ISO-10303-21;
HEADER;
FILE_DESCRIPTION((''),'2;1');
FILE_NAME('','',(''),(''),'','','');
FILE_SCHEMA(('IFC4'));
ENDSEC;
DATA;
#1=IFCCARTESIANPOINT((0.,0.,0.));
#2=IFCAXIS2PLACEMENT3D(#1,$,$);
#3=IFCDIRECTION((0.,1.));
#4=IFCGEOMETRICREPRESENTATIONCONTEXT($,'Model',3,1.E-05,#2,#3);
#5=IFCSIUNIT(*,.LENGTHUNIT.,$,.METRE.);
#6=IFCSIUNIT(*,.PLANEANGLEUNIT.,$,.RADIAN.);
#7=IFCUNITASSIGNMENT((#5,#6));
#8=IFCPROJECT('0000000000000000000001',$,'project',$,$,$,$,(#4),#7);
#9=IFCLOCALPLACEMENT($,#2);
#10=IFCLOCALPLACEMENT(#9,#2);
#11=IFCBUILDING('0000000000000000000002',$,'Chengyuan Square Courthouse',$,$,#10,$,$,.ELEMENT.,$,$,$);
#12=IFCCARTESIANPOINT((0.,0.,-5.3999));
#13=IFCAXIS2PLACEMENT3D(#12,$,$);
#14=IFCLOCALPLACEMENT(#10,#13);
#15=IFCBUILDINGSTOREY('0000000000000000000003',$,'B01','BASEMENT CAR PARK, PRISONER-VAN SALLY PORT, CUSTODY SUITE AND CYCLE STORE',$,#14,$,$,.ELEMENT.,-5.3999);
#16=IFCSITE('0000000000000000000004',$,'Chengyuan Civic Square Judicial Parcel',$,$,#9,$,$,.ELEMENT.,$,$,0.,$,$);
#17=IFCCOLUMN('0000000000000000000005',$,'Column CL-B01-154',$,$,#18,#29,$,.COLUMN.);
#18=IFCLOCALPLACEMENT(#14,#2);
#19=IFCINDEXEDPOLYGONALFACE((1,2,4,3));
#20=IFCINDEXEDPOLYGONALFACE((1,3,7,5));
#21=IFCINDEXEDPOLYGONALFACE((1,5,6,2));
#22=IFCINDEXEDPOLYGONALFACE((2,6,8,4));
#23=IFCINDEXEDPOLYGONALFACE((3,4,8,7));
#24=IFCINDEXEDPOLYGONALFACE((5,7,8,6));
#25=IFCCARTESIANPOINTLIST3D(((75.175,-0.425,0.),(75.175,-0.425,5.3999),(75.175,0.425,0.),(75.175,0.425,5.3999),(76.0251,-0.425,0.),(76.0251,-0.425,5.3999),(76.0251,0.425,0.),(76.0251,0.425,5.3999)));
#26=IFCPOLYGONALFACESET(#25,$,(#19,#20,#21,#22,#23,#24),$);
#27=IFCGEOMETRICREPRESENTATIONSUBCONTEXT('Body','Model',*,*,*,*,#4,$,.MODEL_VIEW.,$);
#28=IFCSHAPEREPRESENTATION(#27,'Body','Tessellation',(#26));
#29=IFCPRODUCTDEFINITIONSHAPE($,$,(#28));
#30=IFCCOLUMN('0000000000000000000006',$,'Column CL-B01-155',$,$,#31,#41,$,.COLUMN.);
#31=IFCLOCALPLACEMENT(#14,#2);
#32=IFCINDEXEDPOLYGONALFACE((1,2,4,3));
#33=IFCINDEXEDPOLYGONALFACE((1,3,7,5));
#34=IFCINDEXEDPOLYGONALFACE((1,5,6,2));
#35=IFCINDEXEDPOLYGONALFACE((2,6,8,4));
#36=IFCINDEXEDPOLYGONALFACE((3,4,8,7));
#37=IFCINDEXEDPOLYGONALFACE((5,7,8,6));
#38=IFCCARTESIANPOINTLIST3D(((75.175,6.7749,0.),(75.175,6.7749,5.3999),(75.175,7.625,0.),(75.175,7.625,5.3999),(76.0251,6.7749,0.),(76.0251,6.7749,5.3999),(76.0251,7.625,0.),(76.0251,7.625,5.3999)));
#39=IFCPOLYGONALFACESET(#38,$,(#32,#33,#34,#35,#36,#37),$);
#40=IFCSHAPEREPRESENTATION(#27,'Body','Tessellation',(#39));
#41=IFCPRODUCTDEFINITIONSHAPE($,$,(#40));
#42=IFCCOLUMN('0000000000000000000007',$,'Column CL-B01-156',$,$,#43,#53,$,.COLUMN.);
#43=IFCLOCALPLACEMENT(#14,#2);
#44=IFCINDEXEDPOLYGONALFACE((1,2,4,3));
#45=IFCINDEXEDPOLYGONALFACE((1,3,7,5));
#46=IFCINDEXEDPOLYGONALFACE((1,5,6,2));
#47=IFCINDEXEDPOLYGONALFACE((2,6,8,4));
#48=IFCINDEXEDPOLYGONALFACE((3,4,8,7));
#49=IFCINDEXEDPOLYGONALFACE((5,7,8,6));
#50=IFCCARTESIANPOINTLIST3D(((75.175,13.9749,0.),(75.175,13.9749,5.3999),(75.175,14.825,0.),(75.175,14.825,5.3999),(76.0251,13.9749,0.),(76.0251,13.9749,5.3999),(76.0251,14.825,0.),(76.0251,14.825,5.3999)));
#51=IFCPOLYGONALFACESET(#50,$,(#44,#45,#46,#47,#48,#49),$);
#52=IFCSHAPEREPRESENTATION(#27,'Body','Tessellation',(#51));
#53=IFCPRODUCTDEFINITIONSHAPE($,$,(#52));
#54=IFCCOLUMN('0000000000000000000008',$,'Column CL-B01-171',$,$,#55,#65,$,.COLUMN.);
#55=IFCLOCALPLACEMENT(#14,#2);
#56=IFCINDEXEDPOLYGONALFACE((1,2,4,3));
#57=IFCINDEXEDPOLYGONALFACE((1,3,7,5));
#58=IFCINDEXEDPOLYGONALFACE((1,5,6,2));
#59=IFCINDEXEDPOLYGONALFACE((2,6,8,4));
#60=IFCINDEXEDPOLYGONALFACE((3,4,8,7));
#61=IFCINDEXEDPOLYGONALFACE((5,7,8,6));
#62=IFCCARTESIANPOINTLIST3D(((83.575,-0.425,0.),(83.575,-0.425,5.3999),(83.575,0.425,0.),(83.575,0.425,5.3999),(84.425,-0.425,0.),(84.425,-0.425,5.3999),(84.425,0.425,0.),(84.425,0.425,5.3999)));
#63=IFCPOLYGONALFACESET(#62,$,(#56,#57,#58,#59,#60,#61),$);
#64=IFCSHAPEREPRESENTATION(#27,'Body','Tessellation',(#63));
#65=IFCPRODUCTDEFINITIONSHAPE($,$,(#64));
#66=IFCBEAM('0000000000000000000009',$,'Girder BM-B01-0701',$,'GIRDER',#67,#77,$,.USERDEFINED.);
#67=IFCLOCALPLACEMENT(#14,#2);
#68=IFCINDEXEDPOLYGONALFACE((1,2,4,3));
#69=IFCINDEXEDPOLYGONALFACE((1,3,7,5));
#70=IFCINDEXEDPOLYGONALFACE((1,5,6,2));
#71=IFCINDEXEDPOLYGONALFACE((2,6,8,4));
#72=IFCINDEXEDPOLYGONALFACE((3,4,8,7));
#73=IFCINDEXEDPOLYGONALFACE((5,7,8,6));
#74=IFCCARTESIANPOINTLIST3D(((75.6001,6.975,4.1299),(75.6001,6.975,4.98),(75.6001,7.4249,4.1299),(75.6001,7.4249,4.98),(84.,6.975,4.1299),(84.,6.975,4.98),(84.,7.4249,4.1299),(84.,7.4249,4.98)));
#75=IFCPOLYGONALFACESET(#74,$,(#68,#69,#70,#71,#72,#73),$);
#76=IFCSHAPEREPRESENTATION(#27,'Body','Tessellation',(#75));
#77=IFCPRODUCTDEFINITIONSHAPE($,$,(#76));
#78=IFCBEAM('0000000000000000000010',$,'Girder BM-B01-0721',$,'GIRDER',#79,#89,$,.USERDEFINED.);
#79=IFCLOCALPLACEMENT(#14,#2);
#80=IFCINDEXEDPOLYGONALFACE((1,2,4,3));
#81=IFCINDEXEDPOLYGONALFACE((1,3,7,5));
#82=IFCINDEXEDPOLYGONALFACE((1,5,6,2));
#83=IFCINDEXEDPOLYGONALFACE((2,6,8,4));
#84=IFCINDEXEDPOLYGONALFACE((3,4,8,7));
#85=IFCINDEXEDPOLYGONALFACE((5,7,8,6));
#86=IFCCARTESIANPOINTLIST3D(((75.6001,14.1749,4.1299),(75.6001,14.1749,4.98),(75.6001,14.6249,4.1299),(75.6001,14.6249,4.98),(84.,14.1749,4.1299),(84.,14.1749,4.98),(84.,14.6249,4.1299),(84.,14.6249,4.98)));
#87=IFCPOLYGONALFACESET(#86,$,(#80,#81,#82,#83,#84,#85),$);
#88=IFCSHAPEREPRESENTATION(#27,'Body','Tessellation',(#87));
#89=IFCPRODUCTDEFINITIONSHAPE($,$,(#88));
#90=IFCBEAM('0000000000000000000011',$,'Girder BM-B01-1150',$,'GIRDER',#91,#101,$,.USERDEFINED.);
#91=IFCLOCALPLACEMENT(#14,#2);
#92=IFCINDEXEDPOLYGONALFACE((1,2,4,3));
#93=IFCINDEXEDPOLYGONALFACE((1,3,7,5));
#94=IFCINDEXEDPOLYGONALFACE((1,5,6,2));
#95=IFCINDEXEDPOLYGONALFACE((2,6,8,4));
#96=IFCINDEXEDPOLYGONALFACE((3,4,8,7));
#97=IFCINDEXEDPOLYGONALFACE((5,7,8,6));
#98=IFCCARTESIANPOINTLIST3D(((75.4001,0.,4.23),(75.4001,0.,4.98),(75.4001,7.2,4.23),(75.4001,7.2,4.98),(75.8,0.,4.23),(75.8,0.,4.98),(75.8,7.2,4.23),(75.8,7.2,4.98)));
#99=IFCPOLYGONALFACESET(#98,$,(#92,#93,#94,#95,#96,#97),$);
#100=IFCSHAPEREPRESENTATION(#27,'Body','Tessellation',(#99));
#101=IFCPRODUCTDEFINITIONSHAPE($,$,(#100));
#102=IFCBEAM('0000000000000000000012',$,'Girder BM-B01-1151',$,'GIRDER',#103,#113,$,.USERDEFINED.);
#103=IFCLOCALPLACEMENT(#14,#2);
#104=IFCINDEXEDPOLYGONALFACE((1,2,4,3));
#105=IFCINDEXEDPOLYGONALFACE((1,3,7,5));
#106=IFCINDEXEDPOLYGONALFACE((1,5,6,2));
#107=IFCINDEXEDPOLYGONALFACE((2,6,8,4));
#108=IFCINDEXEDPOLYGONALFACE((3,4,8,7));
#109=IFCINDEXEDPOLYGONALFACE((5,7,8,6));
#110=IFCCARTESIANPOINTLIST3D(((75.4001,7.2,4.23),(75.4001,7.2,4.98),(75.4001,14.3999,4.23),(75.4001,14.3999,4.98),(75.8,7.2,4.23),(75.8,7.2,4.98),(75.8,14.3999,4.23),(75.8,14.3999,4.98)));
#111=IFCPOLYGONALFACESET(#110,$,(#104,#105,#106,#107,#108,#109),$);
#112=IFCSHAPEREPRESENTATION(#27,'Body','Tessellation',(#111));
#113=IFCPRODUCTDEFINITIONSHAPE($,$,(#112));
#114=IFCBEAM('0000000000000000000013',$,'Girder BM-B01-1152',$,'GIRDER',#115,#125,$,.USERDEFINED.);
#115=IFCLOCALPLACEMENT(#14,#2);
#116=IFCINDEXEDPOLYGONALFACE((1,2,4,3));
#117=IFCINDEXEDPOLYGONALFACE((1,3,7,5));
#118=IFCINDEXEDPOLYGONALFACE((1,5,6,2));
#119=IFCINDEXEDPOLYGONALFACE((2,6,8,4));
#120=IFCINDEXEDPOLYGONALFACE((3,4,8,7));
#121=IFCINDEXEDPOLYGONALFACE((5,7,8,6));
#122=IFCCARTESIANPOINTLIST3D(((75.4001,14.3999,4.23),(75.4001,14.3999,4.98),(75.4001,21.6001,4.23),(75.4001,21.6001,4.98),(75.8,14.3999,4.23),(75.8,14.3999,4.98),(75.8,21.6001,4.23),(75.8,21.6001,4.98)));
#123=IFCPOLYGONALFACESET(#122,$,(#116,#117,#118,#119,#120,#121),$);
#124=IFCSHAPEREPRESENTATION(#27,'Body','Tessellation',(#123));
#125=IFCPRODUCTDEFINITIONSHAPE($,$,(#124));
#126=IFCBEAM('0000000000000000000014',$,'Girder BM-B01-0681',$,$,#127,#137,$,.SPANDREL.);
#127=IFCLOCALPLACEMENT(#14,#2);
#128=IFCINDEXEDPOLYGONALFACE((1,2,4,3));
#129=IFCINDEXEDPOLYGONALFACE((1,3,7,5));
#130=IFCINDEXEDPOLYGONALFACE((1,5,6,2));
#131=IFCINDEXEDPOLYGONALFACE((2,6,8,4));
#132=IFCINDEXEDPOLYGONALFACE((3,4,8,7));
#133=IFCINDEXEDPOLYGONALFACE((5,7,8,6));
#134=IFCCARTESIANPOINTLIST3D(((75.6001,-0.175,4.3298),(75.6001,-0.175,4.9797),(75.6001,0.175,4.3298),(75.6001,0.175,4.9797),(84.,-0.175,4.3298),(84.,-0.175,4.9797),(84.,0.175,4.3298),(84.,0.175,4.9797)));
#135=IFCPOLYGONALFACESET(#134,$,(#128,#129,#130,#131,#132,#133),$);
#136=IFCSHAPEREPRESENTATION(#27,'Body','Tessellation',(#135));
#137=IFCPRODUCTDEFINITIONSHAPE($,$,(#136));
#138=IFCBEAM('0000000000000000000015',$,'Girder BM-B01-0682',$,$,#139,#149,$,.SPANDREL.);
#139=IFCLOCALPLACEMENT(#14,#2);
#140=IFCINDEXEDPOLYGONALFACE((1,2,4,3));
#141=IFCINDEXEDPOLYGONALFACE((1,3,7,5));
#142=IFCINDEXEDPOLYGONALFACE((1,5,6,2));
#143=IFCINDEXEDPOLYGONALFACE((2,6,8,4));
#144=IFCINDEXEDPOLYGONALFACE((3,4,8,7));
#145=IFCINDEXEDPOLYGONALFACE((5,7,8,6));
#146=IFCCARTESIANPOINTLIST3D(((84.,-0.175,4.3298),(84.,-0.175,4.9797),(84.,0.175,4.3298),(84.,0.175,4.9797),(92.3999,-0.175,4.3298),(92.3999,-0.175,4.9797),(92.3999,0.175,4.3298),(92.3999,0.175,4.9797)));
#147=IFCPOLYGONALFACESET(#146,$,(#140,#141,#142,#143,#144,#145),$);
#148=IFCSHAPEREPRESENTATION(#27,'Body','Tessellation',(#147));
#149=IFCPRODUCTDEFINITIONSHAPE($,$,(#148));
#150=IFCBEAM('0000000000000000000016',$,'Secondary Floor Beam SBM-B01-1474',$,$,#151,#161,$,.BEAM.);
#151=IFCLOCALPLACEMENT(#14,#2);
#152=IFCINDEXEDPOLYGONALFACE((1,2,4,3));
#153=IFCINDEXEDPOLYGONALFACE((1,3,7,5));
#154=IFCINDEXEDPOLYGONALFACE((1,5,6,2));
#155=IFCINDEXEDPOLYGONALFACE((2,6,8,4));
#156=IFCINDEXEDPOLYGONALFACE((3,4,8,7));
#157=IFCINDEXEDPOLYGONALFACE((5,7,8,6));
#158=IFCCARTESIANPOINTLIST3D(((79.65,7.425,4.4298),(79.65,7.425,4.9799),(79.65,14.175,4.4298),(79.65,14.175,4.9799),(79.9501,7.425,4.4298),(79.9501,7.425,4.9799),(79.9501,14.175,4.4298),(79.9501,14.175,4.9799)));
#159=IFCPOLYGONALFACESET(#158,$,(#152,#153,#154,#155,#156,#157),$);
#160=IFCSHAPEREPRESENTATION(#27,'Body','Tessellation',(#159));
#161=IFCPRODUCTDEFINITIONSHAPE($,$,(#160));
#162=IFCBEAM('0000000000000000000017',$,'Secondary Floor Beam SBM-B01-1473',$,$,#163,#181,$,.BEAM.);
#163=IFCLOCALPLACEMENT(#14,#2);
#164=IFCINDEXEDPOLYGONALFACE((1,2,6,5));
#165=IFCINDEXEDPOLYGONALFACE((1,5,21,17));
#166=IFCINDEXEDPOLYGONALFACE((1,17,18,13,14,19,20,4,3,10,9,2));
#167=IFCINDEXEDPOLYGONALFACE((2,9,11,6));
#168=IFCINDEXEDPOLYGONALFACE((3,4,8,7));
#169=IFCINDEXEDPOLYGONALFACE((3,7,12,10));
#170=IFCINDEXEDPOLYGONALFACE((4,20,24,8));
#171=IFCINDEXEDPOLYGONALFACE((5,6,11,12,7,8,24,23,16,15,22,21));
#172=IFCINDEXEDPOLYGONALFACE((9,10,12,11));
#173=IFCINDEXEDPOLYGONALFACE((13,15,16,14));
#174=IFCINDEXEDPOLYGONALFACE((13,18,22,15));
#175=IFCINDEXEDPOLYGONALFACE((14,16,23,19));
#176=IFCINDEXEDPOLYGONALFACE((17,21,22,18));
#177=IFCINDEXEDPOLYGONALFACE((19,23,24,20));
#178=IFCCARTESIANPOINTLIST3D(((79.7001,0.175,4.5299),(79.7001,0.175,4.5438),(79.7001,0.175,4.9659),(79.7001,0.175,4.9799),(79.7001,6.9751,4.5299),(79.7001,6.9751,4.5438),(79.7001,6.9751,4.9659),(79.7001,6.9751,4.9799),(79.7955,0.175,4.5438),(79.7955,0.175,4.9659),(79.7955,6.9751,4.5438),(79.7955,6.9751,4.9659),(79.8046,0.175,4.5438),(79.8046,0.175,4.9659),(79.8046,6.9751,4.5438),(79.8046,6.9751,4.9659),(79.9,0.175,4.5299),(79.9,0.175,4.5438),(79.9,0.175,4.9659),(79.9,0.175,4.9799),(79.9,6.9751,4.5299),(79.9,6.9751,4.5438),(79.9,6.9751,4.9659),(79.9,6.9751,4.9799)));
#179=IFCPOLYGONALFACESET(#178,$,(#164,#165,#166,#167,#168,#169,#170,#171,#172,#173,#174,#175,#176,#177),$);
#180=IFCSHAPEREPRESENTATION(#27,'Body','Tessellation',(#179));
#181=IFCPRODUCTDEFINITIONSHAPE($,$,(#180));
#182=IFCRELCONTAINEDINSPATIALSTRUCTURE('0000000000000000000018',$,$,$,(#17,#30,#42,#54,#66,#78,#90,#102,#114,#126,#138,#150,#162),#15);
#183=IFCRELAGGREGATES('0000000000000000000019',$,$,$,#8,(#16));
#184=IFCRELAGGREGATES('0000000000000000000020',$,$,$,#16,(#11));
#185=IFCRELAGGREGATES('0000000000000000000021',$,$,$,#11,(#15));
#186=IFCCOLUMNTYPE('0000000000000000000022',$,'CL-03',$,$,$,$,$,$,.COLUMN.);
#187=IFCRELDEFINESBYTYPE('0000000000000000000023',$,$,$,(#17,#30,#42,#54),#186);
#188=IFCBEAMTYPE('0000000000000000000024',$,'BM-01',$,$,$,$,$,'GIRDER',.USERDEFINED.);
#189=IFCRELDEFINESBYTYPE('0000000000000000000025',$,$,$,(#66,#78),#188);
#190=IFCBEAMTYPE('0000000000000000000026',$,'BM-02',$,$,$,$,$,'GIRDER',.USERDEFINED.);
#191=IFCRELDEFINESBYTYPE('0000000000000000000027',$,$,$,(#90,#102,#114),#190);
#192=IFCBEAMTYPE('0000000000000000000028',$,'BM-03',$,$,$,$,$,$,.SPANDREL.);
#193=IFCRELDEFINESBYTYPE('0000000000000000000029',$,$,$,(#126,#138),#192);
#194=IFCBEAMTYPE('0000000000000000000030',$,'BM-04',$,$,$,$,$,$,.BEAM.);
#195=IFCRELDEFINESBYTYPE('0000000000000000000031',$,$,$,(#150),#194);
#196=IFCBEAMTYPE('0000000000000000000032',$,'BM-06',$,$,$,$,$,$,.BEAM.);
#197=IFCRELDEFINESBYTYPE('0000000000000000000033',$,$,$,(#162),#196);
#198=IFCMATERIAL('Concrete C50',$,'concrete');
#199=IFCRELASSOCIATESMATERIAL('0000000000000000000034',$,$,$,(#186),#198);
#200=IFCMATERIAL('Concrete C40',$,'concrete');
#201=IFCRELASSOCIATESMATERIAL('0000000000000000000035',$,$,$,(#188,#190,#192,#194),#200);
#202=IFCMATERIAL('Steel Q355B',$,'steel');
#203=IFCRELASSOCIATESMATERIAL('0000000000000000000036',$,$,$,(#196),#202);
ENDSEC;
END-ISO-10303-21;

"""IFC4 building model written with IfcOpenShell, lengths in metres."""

from ifc_helpers import new_model, si_unit, direction, frame, origin, origin_2d, place, context, subcontext, project, spatial, rectangle, i_section, extrude, material, material_profile, profile_set, type_object, element, save


model = new_model("IFC4")

# Units and contexts
model_context = context("Model", 3, precision=1e-05, world=origin(), true_north=direction((0.0, 1.0)))
body_context = subcontext(model_context, "Body", "Model", "MODEL_VIEW")
ifc_project = project(units=[si_unit("LENGTHUNIT", "METRE"), si_unit("PLANEANGLEUNIT", "RADIAN")], contexts=[model_context])

# Site, building, storey
site_placement = place(None, origin())
site = spatial("IfcSite", under=ifc_project, at=site_placement, Name="Chengyuan Civic Square Judicial Parcel", CompositionType="ELEMENT", RefElevation=0.0)
building_placement = place(site_placement, origin())
building = spatial("IfcBuilding", under=site, at=building_placement, Name="Chengyuan Square Courthouse", CompositionType="ELEMENT")
storey_placement = place(building_placement, frame((0.0, 0.0, -5.3999)))
storey = spatial("IfcBuildingStorey", under=building, at=storey_placement, Name="B01", Description="BASEMENT CAR PARK, PRISONER-VAN SALLY PORT, CUSTODY SUITE AND CYCLE STORE", CompositionType="ELEMENT", Elevation=-5.3999)

# Columns
ifc_material_1 = material(Name="Concrete C50", Category="concrete")
ifc_material_profile_1 = material_profile(ifc_material_1, rectangle(XDim=0.8501, YDim=0.8501, at=origin_2d()), Name="RC-COL-850x850")
ifc_profile_set_1 = profile_set([ifc_material_profile_1], Name="Concrete C50")
column_type = type_object("IfcColumnType", Name="CL-03", PredefinedType="COLUMN", material=ifc_profile_set_1)
for number, where, z_axis, x_axis, name in (
    (1, (75.6001, 0.0, 0.0), (0.0, 0.0, 1.0), (1.0, 0.0, 0.0), "Column CL-B01-154"),
    (2, (75.6001, 7.2, 0.0), (0.0, 0.0, 1.0), (1.0, 0.0, 0.0), "Column CL-B01-155"),
    (3, (75.6001, 14.3999, 0.0), (0.0, 0.0, 1.0), (1.0, 0.0, 0.0), "Column CL-B01-156"),
    (4, (84.0, 0.0, 0.0), (0.0, 0.0, 1.0), (1.0, 0.0, 0.0), "Column CL-B01-171"),
):
    element("IfcColumn", number, at=place(storey_placement, frame(where, z_axis=z_axis, x_axis=x_axis)), inside=storey, type_object=column_type, Name=name, PredefinedType="COLUMN", context=body_context, shape_type="SweptSolid", body=[
        extrude(rectangle(XDim=0.8501, YDim=0.8501, at=origin_2d()), origin(), (0.0, 0.0, 1.0), 5.3999),
    ])

# Beams
ifc_material_2 = material(Name="Concrete C40", Category="concrete")
ifc_material_profile_2 = material_profile(ifc_material_2, rectangle(XDim=0.45, YDim=0.8501, at=origin_2d()), Name="RC-BM-450x850")
ifc_profile_set_2 = profile_set([ifc_material_profile_2], Name="Concrete C40")
beam_type_1 = type_object("IfcBeamType", Name="BM-01", ElementType="GIRDER", PredefinedType="USERDEFINED", material=ifc_profile_set_2)
for number, where, z_axis, x_axis, name in (
    (5, (75.6001, 7.2, 4.5549), (1.0, 0.0, 0.0), (0.0, 1.0, 0.0), "Girder BM-B01-0701"),
    (6, (75.6001, 14.3999, 4.5549), (1.0, 0.0, 0.0), (0.0, 1.0, 0.0), "Girder BM-B01-0721"),
):
    element("IfcBeam", number, at=place(storey_placement, frame(where, z_axis=z_axis, x_axis=x_axis)), inside=storey, type_object=beam_type_1, Name=name, ObjectType="GIRDER", PredefinedType="USERDEFINED", context=body_context, shape_type="SweptSolid", body=[
        extrude(rectangle(XDim=0.45, YDim=0.8501, at=origin_2d()), origin(), (0.0, 0.0, 1.0), 8.3999),
    ])
ifc_material_profile_3 = material_profile(ifc_material_2, rectangle(XDim=0.3999, YDim=0.75, at=origin_2d()), Name="RC-BM-400x750")
ifc_profile_set_3 = profile_set([ifc_material_profile_3], Name="Concrete C40")
beam_type_2 = type_object("IfcBeamType", Name="BM-02", ElementType="GIRDER", PredefinedType="USERDEFINED", material=ifc_profile_set_3)
for number, where, z_axis, x_axis, name in (
    (7, (75.6001, 0.0, 4.605), (0.0, 1.0, 0.0), (-1.0, 0.0, 0.0), "Girder BM-B01-1150"),
    (8, (75.6001, 7.2, 4.605), (0.0, 1.0, 0.0), (-1.0, 0.0, 0.0), "Girder BM-B01-1151"),
):
    element("IfcBeam", number, at=place(storey_placement, frame(where, z_axis=z_axis, x_axis=x_axis)), inside=storey, type_object=beam_type_2, Name=name, ObjectType="GIRDER", PredefinedType="USERDEFINED", context=body_context, shape_type="SweptSolid", body=[
        extrude(rectangle(XDim=0.3999, YDim=0.75, at=origin_2d()), origin(), (0.0, 0.0, 1.0), 7.2),
    ])
beam_1_placement = place(storey_placement, frame((75.6001, 14.3999, 4.605), z_axis=(0.0, 1.0, 0.0), x_axis=(-1.0, 0.0, 0.0)))
element("IfcBeam", 9, at=beam_1_placement, inside=storey, type_object=beam_type_2, Name="Girder BM-B01-1152", ObjectType="GIRDER", PredefinedType="USERDEFINED", context=body_context, shape_type="SweptSolid", body=[
    extrude(rectangle(XDim=0.3999, YDim=0.75, at=origin_2d()), origin(), (0.0, 0.0, 1.0), 7.2002),
])
ifc_material_profile_4 = material_profile(ifc_material_2, rectangle(XDim=0.3501, YDim=0.6499, at=origin_2d()), Name="RC-BM-350x650")
ifc_profile_set_4 = profile_set([ifc_material_profile_4], Name="Concrete C40")
beam_type_3 = type_object("IfcBeamType", Name="BM-03", PredefinedType="SPANDREL", material=ifc_profile_set_4)
for number, where, z_axis, x_axis, name in (
    (10, (75.6001, 0.0, 4.6548), (1.0, 0.0, 0.0), (0.0, 1.0, 0.0), "Girder BM-B01-0681"),
    (11, (84.0, 0.0, 4.6548), (1.0, 0.0, 0.0), (0.0, 1.0, 0.0), "Girder BM-B01-0682"),
):
    element("IfcBeam", number, at=place(storey_placement, frame(where, z_axis=z_axis, x_axis=x_axis)), inside=storey, type_object=beam_type_3, Name=name, PredefinedType="SPANDREL", context=body_context, shape_type="SweptSolid", body=[
        extrude(rectangle(XDim=0.3501, YDim=0.6499, at=origin_2d()), origin(), (0.0, 0.0, 1.0), 8.3999),
    ])
ifc_material_profile_5 = material_profile(ifc_material_2, rectangle(XDim=0.3, YDim=0.55, at=origin_2d()), Name="RC-BM-300x550")
ifc_profile_set_5 = profile_set([ifc_material_profile_5], Name="Concrete C40")
beam_type_4 = type_object("IfcBeamType", Name="BM-04", PredefinedType="BEAM", material=ifc_profile_set_5)
beam_2_placement = place(storey_placement, frame((79.8, 7.425, 4.7048), z_axis=(0.0, 1.0, 0.0), x_axis=(-1.0, 0.0, 0.0)))
element("IfcBeam", 12, at=beam_2_placement, inside=storey, type_object=beam_type_4, Name="Secondary Floor Beam SBM-B01-1474", PredefinedType="BEAM", context=body_context, shape_type="SweptSolid", body=[
    extrude(rectangle(XDim=0.3, YDim=0.55, at=origin_2d()), origin(), (0.0, 0.0, 1.0), 6.75),
])
ifc_material_3 = material(Name="Steel Q355B", Category="steel")
ifc_material_profile_6 = material_profile(ifc_material_3, i_section(OverallWidth=0.2, OverallDepth=0.45, WebThickness=0.009, FlangeThickness=0.0139, at=origin_2d()), Name="HN 450x200x9x14")
ifc_profile_set_6 = profile_set([ifc_material_profile_6], Name="Steel Q355B")
beam_type_5 = type_object("IfcBeamType", Name="BM-06", PredefinedType="BEAM", material=ifc_profile_set_6)
beam_3_placement = place(storey_placement, frame((79.8, 0.175, 4.7549), z_axis=(0.0, 1.0, 0.0), x_axis=(-1.0, 0.0, 0.0)))
element("IfcBeam", 13, at=beam_3_placement, inside=storey, type_object=beam_type_5, Name="Secondary Floor Beam SBM-B01-1473", PredefinedType="BEAM", context=body_context, shape_type="SweptSolid", body=[
    extrude(i_section(OverallWidth=0.2, OverallDepth=0.45, WebThickness=0.009, FlangeThickness=0.0139, at=origin_2d()), origin(), (0.0, 0.0, 1.0), 6.8),
])

save(model, "model.ifc")
